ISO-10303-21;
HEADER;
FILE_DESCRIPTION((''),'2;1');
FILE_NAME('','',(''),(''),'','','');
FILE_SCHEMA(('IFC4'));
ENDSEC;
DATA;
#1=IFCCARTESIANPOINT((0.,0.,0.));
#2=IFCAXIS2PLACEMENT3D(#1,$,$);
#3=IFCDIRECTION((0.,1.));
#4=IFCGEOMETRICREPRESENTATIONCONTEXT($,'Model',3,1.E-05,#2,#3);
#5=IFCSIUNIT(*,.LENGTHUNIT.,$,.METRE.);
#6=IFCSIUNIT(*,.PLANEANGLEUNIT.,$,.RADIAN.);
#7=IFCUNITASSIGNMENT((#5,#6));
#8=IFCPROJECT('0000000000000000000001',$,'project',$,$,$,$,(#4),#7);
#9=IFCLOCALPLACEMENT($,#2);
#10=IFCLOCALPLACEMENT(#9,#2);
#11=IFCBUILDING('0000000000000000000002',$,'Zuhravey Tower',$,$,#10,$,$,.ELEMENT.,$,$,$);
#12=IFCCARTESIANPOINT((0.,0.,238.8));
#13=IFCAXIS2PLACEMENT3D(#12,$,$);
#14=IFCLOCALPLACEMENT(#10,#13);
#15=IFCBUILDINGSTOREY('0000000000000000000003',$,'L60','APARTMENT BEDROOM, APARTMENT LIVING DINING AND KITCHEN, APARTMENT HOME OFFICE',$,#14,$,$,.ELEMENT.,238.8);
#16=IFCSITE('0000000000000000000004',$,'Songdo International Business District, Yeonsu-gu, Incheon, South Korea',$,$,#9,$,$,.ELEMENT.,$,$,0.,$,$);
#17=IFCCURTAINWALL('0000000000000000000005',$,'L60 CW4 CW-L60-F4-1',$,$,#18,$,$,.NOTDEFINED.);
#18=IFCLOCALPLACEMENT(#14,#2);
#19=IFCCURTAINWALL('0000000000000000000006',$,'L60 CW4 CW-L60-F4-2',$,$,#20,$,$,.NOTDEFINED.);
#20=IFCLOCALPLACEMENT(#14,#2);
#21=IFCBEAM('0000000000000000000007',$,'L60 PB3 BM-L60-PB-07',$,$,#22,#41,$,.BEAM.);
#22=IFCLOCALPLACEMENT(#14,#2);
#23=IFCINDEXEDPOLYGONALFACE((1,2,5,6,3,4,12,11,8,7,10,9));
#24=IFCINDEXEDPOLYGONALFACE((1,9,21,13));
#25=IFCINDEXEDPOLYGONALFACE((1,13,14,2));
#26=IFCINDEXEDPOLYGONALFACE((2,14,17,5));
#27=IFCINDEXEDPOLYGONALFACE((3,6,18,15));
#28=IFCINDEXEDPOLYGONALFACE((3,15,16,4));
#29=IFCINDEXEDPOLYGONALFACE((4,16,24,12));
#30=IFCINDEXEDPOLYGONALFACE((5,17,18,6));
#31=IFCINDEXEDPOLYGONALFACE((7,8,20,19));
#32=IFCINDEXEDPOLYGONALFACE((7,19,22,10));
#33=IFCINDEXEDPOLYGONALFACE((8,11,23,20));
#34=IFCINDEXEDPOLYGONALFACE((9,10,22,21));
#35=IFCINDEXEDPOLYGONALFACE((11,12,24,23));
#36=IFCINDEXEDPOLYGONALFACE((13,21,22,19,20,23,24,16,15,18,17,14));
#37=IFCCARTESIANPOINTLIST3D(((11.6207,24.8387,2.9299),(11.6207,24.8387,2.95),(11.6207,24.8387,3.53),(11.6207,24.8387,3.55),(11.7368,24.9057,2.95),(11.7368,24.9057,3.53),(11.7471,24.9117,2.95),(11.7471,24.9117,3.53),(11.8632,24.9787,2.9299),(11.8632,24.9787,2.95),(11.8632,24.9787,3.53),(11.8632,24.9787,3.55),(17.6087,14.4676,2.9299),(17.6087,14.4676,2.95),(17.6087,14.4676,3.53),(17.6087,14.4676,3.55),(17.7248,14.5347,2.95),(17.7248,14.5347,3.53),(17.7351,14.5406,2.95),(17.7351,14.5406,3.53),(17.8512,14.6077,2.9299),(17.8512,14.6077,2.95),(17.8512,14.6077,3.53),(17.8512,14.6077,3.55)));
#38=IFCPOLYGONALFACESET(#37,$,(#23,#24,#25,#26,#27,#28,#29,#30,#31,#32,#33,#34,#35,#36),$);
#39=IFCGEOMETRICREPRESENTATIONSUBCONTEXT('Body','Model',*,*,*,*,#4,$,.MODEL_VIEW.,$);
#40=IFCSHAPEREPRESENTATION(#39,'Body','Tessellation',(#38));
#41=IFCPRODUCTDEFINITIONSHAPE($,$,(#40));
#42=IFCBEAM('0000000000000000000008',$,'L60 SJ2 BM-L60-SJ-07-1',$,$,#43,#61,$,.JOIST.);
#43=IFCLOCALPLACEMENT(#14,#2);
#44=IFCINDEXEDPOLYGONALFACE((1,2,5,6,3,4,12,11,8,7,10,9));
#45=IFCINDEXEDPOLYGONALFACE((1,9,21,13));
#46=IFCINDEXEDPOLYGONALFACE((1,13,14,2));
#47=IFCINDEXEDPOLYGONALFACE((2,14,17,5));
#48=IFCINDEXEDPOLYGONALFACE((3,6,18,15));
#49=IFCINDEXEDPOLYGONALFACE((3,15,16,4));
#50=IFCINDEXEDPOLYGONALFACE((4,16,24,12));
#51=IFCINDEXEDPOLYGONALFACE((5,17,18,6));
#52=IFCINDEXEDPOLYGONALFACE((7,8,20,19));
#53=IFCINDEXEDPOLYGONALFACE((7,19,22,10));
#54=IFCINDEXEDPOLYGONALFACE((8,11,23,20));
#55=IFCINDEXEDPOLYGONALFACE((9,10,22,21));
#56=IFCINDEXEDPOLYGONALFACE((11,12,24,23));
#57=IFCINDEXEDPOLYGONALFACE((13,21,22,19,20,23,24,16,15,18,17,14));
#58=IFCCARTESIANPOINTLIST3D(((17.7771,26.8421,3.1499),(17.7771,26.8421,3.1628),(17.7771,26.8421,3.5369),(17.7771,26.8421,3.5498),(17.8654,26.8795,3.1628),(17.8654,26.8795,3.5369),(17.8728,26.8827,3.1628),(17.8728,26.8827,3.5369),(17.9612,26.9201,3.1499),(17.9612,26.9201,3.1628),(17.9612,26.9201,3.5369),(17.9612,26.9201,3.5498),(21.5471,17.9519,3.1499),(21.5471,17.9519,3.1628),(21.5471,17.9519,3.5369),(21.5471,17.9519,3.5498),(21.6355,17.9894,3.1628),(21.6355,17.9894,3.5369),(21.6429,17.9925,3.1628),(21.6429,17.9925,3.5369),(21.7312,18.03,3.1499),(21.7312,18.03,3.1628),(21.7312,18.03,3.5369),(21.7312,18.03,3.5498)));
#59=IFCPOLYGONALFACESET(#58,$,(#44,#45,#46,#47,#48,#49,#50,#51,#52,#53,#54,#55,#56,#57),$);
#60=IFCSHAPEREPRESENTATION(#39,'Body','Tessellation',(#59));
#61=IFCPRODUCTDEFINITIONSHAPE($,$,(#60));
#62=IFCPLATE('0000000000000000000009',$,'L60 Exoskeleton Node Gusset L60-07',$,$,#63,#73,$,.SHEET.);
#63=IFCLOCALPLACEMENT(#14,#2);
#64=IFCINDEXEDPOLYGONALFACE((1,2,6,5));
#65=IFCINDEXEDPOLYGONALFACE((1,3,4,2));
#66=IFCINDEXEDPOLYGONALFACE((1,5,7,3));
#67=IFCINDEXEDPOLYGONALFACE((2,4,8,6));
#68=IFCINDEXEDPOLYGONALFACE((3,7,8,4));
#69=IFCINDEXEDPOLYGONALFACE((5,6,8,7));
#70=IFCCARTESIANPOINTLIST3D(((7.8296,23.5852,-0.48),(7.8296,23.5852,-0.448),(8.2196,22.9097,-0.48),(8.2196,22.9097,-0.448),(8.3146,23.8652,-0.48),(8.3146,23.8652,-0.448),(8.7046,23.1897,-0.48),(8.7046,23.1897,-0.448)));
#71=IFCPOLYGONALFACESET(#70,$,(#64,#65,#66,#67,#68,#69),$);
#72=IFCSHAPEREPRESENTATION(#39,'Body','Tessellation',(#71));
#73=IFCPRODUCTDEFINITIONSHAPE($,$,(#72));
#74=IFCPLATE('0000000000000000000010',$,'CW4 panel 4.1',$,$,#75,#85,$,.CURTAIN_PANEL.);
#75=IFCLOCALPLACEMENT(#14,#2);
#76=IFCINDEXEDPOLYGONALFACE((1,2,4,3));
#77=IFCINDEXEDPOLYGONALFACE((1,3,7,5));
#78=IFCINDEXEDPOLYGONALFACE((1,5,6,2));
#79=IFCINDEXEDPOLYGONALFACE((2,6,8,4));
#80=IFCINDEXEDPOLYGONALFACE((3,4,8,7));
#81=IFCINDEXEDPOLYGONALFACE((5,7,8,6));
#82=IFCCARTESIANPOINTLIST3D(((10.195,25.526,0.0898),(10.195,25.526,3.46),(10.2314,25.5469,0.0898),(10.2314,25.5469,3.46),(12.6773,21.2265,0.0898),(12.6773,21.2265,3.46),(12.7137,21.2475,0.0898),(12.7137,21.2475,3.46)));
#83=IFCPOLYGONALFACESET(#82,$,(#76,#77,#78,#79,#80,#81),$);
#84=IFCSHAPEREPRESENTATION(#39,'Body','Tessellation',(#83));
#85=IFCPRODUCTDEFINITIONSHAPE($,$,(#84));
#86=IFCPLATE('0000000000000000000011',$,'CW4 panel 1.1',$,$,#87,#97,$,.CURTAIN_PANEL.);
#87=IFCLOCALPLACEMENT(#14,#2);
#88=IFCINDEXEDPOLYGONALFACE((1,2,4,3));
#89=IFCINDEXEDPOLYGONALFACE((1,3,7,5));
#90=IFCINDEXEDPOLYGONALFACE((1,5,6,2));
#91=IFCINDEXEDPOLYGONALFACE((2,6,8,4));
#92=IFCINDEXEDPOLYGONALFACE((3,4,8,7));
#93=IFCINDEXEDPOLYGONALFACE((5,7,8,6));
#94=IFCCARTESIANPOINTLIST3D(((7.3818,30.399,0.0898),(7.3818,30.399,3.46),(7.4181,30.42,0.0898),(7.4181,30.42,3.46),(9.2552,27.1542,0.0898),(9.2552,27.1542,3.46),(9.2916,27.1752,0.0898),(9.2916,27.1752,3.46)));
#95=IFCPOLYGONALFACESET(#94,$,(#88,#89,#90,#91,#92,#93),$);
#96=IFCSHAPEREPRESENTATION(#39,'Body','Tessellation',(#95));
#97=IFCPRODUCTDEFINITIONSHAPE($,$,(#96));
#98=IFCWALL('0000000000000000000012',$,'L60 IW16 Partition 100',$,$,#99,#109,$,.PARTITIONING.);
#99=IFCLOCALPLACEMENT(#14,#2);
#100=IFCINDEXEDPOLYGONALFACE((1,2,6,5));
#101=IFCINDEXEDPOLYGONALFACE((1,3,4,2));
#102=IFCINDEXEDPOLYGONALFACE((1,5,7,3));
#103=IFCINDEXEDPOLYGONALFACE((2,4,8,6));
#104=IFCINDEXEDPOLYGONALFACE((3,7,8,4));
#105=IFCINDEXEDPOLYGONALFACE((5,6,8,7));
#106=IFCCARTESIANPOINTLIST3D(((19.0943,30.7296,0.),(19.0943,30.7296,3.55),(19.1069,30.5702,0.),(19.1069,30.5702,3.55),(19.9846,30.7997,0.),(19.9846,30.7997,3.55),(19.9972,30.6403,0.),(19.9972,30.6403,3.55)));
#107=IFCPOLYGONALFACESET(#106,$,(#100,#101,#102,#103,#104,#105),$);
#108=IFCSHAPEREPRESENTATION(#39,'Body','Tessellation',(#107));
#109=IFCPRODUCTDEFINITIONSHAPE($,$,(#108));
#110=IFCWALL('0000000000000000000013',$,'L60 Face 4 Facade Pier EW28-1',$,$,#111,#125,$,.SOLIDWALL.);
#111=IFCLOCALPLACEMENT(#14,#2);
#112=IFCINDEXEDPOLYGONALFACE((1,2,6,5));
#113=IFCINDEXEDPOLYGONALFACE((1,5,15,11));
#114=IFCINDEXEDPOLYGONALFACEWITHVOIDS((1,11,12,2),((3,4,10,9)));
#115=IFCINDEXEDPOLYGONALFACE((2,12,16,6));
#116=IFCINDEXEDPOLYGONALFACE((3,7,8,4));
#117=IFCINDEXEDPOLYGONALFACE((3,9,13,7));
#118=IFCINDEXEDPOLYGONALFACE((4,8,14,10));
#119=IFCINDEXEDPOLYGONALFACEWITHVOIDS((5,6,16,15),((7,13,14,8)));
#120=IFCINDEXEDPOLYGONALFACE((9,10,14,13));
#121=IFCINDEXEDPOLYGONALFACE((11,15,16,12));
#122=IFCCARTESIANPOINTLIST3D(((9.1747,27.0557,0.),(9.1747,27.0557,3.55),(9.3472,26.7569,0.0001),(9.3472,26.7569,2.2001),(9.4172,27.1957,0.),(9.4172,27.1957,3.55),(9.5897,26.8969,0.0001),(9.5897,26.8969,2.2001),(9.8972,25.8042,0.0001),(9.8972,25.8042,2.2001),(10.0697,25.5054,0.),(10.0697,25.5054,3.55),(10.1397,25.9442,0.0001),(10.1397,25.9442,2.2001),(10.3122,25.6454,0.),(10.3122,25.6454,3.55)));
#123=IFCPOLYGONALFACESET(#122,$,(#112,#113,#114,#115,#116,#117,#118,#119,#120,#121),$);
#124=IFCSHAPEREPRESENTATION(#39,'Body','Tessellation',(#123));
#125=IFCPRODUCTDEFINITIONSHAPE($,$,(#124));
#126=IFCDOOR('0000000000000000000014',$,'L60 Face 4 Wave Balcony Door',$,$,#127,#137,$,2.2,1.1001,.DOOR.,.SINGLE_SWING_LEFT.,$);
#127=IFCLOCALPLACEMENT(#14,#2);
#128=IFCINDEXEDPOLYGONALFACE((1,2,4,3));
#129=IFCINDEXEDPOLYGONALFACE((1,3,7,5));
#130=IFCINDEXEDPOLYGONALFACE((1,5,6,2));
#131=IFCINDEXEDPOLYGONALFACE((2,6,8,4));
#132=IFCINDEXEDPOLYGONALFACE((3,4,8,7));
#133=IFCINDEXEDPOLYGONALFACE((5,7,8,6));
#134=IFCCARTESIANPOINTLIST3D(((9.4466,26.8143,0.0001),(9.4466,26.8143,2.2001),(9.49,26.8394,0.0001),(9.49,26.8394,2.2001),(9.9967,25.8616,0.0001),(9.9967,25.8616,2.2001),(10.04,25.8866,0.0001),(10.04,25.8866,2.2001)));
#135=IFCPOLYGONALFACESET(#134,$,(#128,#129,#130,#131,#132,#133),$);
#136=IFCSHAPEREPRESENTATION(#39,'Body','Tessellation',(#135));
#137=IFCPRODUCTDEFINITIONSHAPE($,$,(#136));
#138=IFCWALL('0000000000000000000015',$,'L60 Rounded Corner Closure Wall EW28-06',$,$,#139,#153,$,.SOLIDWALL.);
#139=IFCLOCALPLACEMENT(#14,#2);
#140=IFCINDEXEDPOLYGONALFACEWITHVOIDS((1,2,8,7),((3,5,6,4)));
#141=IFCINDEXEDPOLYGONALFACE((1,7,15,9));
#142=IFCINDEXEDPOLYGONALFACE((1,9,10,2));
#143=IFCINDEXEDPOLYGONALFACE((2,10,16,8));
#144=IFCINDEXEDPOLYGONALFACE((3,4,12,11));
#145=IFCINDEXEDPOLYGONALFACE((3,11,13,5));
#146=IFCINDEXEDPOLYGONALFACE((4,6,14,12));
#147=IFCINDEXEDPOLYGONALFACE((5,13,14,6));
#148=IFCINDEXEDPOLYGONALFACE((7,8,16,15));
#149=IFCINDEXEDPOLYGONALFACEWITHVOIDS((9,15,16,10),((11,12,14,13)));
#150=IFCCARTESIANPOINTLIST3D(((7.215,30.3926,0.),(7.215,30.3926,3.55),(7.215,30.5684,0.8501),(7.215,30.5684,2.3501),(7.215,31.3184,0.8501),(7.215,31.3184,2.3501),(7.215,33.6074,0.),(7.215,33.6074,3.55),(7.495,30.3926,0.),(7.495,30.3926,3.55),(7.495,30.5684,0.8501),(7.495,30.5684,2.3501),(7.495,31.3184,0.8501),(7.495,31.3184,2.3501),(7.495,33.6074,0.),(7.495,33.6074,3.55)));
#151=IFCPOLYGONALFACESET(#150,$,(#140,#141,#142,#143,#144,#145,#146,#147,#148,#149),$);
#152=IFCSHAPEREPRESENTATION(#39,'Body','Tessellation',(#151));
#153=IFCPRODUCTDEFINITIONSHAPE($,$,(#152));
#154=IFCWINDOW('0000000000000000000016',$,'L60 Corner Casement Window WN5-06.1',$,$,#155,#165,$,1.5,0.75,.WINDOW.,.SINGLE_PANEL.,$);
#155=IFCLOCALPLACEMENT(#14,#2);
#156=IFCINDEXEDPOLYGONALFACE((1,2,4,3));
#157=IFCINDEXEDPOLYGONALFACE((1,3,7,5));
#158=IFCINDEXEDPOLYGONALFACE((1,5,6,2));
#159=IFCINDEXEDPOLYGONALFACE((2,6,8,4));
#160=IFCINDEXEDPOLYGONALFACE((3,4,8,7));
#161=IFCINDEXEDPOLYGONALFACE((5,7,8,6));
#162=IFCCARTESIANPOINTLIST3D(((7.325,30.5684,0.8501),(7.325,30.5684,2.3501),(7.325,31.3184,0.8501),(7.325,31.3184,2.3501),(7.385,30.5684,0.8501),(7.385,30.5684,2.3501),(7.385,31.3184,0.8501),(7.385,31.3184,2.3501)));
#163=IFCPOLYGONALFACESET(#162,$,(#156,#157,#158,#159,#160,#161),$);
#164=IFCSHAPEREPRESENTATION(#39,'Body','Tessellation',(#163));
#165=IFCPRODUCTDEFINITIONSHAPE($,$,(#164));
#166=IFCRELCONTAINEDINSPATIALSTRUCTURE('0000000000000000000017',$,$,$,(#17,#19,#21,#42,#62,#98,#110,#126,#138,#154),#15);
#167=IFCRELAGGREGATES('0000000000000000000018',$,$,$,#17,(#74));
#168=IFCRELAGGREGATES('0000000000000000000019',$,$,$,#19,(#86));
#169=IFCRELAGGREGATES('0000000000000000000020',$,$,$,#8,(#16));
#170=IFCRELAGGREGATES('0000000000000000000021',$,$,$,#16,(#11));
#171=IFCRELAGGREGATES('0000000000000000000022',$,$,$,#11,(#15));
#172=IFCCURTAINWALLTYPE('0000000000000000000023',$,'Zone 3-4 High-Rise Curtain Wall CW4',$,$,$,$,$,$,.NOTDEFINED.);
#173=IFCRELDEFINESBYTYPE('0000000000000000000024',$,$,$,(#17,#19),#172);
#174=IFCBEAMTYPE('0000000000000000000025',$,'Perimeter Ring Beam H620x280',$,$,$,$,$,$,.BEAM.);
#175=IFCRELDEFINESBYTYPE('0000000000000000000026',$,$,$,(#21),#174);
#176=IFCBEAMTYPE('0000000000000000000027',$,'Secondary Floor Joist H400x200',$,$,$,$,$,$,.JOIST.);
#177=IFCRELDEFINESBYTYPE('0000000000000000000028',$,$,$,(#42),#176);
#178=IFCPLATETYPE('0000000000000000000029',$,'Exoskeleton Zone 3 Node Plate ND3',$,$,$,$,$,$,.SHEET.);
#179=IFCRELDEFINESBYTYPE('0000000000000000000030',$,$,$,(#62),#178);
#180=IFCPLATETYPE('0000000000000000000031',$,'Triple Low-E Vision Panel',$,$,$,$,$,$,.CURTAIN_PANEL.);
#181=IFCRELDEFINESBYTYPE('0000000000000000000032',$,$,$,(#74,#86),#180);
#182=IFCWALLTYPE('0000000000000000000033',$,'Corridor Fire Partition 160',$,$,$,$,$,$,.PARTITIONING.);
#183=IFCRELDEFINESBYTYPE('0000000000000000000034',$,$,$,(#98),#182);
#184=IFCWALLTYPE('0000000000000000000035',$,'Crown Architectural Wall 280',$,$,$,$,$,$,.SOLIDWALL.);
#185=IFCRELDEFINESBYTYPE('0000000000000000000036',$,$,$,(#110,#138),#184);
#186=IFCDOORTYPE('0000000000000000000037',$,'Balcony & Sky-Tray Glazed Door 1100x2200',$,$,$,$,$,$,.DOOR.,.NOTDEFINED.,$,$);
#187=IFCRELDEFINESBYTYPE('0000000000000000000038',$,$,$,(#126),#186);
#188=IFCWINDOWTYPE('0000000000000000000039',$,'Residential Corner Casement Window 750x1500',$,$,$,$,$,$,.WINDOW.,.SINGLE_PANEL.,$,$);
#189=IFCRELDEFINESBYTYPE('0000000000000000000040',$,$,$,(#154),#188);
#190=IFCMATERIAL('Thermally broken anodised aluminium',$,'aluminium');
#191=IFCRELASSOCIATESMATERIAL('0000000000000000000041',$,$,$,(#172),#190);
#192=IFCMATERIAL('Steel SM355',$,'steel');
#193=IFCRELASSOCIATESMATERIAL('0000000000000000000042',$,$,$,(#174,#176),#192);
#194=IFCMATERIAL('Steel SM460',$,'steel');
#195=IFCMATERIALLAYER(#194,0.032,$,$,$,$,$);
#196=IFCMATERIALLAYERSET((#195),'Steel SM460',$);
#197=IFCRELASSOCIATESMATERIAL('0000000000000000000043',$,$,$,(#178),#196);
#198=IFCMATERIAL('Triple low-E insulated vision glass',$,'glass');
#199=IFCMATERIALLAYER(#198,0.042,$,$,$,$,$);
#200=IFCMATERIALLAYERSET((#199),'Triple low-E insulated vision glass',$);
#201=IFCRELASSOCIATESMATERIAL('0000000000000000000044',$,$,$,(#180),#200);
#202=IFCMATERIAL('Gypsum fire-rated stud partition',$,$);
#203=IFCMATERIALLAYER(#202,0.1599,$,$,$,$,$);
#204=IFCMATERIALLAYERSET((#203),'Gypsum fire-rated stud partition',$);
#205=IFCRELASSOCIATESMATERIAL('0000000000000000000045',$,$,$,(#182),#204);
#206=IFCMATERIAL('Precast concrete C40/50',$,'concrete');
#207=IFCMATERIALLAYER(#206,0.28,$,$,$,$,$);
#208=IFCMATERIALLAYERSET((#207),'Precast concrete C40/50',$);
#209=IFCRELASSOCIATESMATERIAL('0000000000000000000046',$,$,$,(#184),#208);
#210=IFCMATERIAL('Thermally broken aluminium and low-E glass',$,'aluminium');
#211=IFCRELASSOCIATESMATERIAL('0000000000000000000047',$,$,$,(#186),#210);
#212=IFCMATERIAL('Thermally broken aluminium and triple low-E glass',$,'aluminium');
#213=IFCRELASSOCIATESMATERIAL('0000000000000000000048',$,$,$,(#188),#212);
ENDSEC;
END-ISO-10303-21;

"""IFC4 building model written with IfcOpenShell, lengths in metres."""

from ifc_helpers import new_model, si_unit, direction, frame, frame_2d, origin, origin_2d, place, context, subcontext, project, spatial, rectangle, i_section, extrude, material, layer, layer_set, material_profile, profile_set, type_object, element, fill, aggregate, save


model = new_model("IFC4")

# Units and contexts
model_context = context("Model", 3, precision=1e-05, world=origin(), true_north=direction((0.0, 1.0)))
body_context = subcontext(model_context, "Body", "Model", "MODEL_VIEW")
ifc_project = project(units=[si_unit("LENGTHUNIT", "METRE"), si_unit("PLANEANGLEUNIT", "RADIAN")], contexts=[model_context])

# Site, building, storey
site_placement = place(None, origin())
site = spatial("IfcSite", under=ifc_project, at=site_placement, Name="Songdo International Business District, Yeonsu-gu, Incheon, South Korea", CompositionType="ELEMENT", RefElevation=0.0)
building_placement = place(site_placement, origin())
building = spatial("IfcBuilding", under=site, at=building_placement, Name="Zuhravey Tower", CompositionType="ELEMENT")
storey_placement = place(building_placement, frame((0.0, 0.0, 238.8)))
storey = spatial("IfcBuildingStorey", under=building, at=storey_placement, Name="L60", Description="APARTMENT BEDROOM, APARTMENT LIVING DINING AND KITCHEN, APARTMENT HOME OFFICE", CompositionType="ELEMENT", Elevation=238.8)

# Curtain walls
ifc_material_1 = material(Name="Thermally broken anodised aluminium", Category="aluminium")
curtain_wall_type = type_object("IfcCurtainWallType", Name="Zone 3-4 High-Rise Curtain Wall CW4", PredefinedType="NOTDEFINED", material=ifc_material_1)
curtain_wall_1_placement = place(storey_placement, origin())
curtain_wall_1 = element("IfcCurtainWall", 1, at=curtain_wall_1_placement, inside=storey, type_object=curtain_wall_type, Name="L60 CW4 CW-L60-F4-1", PredefinedType="NOTDEFINED")
curtain_wall_2_placement = place(storey_placement, origin())
curtain_wall_2 = element("IfcCurtainWall", 2, at=curtain_wall_2_placement, inside=storey, type_object=curtain_wall_type, Name="L60 CW4 CW-L60-F4-2", PredefinedType="NOTDEFINED")

# Shared definitions
ifc_material_2 = material(Name="Steel SM355", Category="steel")

# Beams
ifc_material_profile_1 = material_profile(ifc_material_2, i_section(OverallWidth=0.28, OverallDepth=0.6201, WebThickness=0.012, FlangeThickness=0.02, at=origin_2d()), Name="H-620x280x12x20")
ifc_profile_set_1 = profile_set([ifc_material_profile_1], Name="Steel SM355")
beam_type_1 = type_object("IfcBeamType", Name="Perimeter Ring Beam H620x280", PredefinedType="BEAM", material=ifc_profile_set_1)
beam_1_placement = place(storey_placement, frame((11.7419, 24.9087, 3.24), z_axis=(0.500018, -0.866015, 0.0), x_axis=(0.866015, 0.500018, 0.0)))
element("IfcBeam", 3, at=beam_1_placement, inside=storey, type_object=beam_type_1, Name="L60 PB3 BM-L60-PB-07", PredefinedType="BEAM", context=body_context, shape_type="SweptSolid", body=[
    extrude(i_section(OverallWidth=0.28, OverallDepth=0.6201, WebThickness=0.012, FlangeThickness=0.02, at=origin_2d()), origin(), (0.0, 0.0, 1.0), 11.9756),
])
ifc_material_profile_2 = material_profile(ifc_material_2, i_section(OverallWidth=0.2, OverallDepth=0.3999, WebThickness=0.0081, FlangeThickness=0.0129, at=origin_2d()), Name="H-400x200x8x13")
ifc_profile_set_2 = profile_set([ifc_material_profile_2], Name="Steel SM355")
beam_type_2 = type_object("IfcBeamType", Name="Secondary Floor Joist H400x200", PredefinedType="JOIST", material=ifc_profile_set_2)
beam_2_placement = place(storey_placement, frame((17.8691, 26.8811, 3.3499), z_axis=(0.390413, -0.92064, 0.0), x_axis=(0.92064, 0.390413, 0.0)))
element("IfcBeam", 4, at=beam_2_placement, inside=storey, type_object=beam_type_2, Name="L60 SJ2 BM-L60-SJ-07-1", PredefinedType="JOIST", context=body_context, shape_type="SweptSolid", body=[
    extrude(i_section(OverallWidth=0.2, OverallDepth=0.3999, WebThickness=0.0081, FlangeThickness=0.0129, at=origin_2d()), origin(), (0.0, 0.0, 1.0), 9.6565),
])

# Plates
ifc_material_3 = material(Name="Steel SM460", Category="steel")
ifc_layer_1 = layer(ifc_material_3, 0.032)
ifc_layer_set_1 = layer_set([ifc_layer_1], Name="Steel SM460")
plate_type_1 = type_object("IfcPlateType", Name="Exoskeleton Zone 3 Node Plate ND3", PredefinedType="SHEET", material=ifc_layer_set_1)
plate_1_placement = place(storey_placement, frame((8.2671, 23.3875, -0.48), z_axis=(0.0, 0.0, 1.0), x_axis=(0.5, -0.866025, 0.0)))
element("IfcPlate", 5, at=plate_1_placement, inside=storey, type_object=plate_type_1, Name="L60 Exoskeleton Node Gusset L60-07", PredefinedType="SHEET", context=body_context, shape_type="SweptSolid", body=[
    extrude(rectangle(XDim=0.78, YDim=0.5601, at=origin_2d()), origin(), (0.0, 0.0, 1.0), 0.032),
])
ifc_material_4 = material(Name="Triple low-E insulated vision glass", Category="glass")
ifc_layer_2 = layer(ifc_material_4, 0.042)
ifc_layer_set_2 = layer_set([ifc_layer_2], Name="Triple low-E insulated vision glass")
plate_type_2 = type_object("IfcPlateType", Name="Triple Low-E Vision Panel", PredefinedType="CURTAIN_PANEL", material=ifc_layer_set_2)
plate_2_placement = place(storey_placement, frame((11.4543, 23.3867, 0.0898), z_axis=(0.0, 0.0, 1.0), x_axis=(-0.500002, 0.866024, 0.0)))
plate_2 = element("IfcPlate", 6, at=plate_2_placement, type_object=plate_type_2, Name="CW4 panel 4.1", PredefinedType="CURTAIN_PANEL", context=body_context, shape_type="SweptSolid", body=[
    extrude(rectangle(XDim=4.9646, YDim=0.042, at=origin_2d()), origin(), (0.0, 0.0, 1.0), 3.3701),
])
aggregate(curtain_wall_1, [plate_2])
plate_3_placement = place(storey_placement, frame((8.3367, 28.7871, 0.0898), z_axis=(0.0, 0.0, 1.0), x_axis=(-0.500001, 0.866025, 0.0)))
plate_3 = element("IfcPlate", 7, at=plate_3_placement, type_object=plate_type_2, Name="CW4 panel 1.1", PredefinedType="CURTAIN_PANEL", context=body_context, shape_type="SweptSolid", body=[
    extrude(rectangle(XDim=3.7468, YDim=0.042, at=origin_2d()), origin(), (0.0, 0.0, 1.0), 3.3701),
])
aggregate(curtain_wall_2, [plate_3])

# Wall
ifc_material_5 = material(Name="Gypsum fire-rated stud partition")
ifc_layer_3 = layer(ifc_material_5, 0.1599)
ifc_layer_set_3 = layer_set([ifc_layer_3], Name="Gypsum fire-rated stud partition")
wall_type_1 = type_object("IfcWallType", Name="Corridor Fire Partition 160", PredefinedType="PARTITIONING", material=ifc_layer_set_3)
wall_1_placement = place(storey_placement, frame((19.1006, 30.6499, 0.0), z_axis=(0.0, 0.0, 1.0), x_axis=(0.996918, 0.078452, 0.0)))
element("IfcWall", 8, at=wall_1_placement, inside=storey, type_object=wall_type_1, Name="L60 IW16 Partition 100", PredefinedType="PARTITIONING", context=body_context, shape_type="SweptSolid", body=[
    extrude(rectangle(XDim=0.8931, YDim=0.1599, at=frame_2d((0.4465, 0.0))), origin(), (0.0, 0.0, 1.0), 3.55),
])

# Wall, opening, door
ifc_material_6 = material(Name="Precast concrete C40/50", Category="concrete")
ifc_layer_4 = layer(ifc_material_6, 0.28)
ifc_layer_set_4 = layer_set([ifc_layer_4], Name="Precast concrete C40/50")
wall_type_2 = type_object("IfcWallType", Name="Crown Architectural Wall 280", PredefinedType="SOLIDWALL", material=ifc_layer_set_4)
wall_2_placement = place(storey_placement, frame((10.1909, 25.5754, 0.0), z_axis=(0.0, 0.0, 1.0), x_axis=(-0.499982, 0.866036, 0.0)))
wall_2 = element("IfcWall", 9, at=wall_2_placement, inside=storey, type_object=wall_type_2, Name="L60 Face 4 Facade Pier EW28-1", PredefinedType="SOLIDWALL", context=body_context, shape_type="SweptSolid", body=[
    extrude(rectangle(XDim=1.79, YDim=0.28, at=frame_2d((0.895, 0.0))), origin(), (0.0, 0.0, 1.0), 3.55),
])
opening_1_placement = place(wall_2_placement, frame((0.345, 0.0, 0.0)))
opening_1 = element("IfcOpeningElement", 10, at=opening_1_placement, cuts=wall_2, PredefinedType="OPENING", context=body_context, shape_type="SweptSolid", body=[
    extrude(rectangle(XDim=1.1001, YDim=2.2, at=frame_2d((0.55, 1.1001))), frame((0.0, 0.1521, 0.0), z_axis=(0.0, -1.0, 0.0), x_axis=(1.0, 0.0, 0.0)), (0.0, 0.0, 1.0), 0.304),
])
ifc_material_7 = material(Name="Thermally broken aluminium and low-E glass", Category="aluminium")
door_type_1 = type_object("IfcDoorType", Name="Balcony & Sky-Tray Glazed Door 1100x2200", OperationType="NOTDEFINED", PredefinedType="DOOR", material=ifc_material_7)
door_1_placement = place(opening_1_placement, frame((1.1001, 0.0, 0.0), z_axis=(0.0, 0.0, 1.0), x_axis=(-1.0, 0.0, 0.0)))
door_1 = element("IfcDoor", 11, at=door_1_placement, inside=storey, type_object=door_type_1, Name="L60 Face 4 Wave Balcony Door", OperationType="SINGLE_SWING_LEFT", OverallHeight=2.2, OverallWidth=1.1001, PredefinedType="DOOR", context=body_context, shape_type="SweptSolid", body=[
    extrude(rectangle(XDim=1.1001, YDim=2.2, at=frame_2d((0.55, 1.1001))), frame((0.0, 0.0249, 0.0), z_axis=(0.0, -1.0, 0.0), x_axis=(1.0, 0.0, 0.0)), (0.0, 0.0, 1.0), 0.05),
])
fill(opening_1, door_1)

# Wall, opening, window
wall_3_placement = place(storey_placement, frame((7.355, 30.3926, 0.0), z_axis=(0.0, 0.0, 1.0), x_axis=(0.0, 1.0, 0.0)))
wall_3 = element("IfcWall", 12, at=wall_3_placement, inside=storey, type_object=wall_type_2, Name="L60 Rounded Corner Closure Wall EW28-06", PredefinedType="SOLIDWALL", context=body_context, shape_type="SweptSolid", body=[
    extrude(rectangle(XDim=3.2148, YDim=0.28, at=frame_2d((1.6074, 0.0))), origin(), (0.0, 0.0, 1.0), 3.55),
])
opening_2_placement = place(wall_3_placement, frame((0.1758, 0.0, 0.8501)))
opening_2 = element("IfcOpeningElement", 13, at=opening_2_placement, cuts=wall_3, PredefinedType="OPENING", context=body_context, shape_type="SweptSolid", body=[
    extrude(rectangle(XDim=0.75, YDim=1.5, at=frame_2d((0.375, 0.75))), frame((0.0, 0.1521, 0.0), z_axis=(0.0, -1.0, 0.0), x_axis=(1.0, 0.0, 0.0)), (0.0, 0.0, 1.0), 0.304),
])
ifc_material_8 = material(Name="Thermally broken aluminium and triple low-E glass", Category="aluminium")
window_type = type_object("IfcWindowType", Name="Residential Corner Casement Window 750x1500", PartitioningType="SINGLE_PANEL", PredefinedType="WINDOW", material=ifc_material_8)
window_placement = place(opening_2_placement, origin())
window = element("IfcWindow", 14, at=window_placement, inside=storey, type_object=window_type, Name="L60 Corner Casement Window WN5-06.1", OverallHeight=1.5, OverallWidth=0.75, PartitioningType="SINGLE_PANEL", PredefinedType="WINDOW", context=body_context, shape_type="SweptSolid", body=[
    extrude(rectangle(XDim=0.75, YDim=1.5, at=frame_2d((0.375, 0.75))), frame((0.0, 0.03, 0.0), z_axis=(0.0, -1.0, 0.0), x_axis=(1.0, 0.0, 0.0)), (0.0, 0.0, 1.0), 0.0601),
])
fill(opening_2, window)

save(model, "model.ifc")
